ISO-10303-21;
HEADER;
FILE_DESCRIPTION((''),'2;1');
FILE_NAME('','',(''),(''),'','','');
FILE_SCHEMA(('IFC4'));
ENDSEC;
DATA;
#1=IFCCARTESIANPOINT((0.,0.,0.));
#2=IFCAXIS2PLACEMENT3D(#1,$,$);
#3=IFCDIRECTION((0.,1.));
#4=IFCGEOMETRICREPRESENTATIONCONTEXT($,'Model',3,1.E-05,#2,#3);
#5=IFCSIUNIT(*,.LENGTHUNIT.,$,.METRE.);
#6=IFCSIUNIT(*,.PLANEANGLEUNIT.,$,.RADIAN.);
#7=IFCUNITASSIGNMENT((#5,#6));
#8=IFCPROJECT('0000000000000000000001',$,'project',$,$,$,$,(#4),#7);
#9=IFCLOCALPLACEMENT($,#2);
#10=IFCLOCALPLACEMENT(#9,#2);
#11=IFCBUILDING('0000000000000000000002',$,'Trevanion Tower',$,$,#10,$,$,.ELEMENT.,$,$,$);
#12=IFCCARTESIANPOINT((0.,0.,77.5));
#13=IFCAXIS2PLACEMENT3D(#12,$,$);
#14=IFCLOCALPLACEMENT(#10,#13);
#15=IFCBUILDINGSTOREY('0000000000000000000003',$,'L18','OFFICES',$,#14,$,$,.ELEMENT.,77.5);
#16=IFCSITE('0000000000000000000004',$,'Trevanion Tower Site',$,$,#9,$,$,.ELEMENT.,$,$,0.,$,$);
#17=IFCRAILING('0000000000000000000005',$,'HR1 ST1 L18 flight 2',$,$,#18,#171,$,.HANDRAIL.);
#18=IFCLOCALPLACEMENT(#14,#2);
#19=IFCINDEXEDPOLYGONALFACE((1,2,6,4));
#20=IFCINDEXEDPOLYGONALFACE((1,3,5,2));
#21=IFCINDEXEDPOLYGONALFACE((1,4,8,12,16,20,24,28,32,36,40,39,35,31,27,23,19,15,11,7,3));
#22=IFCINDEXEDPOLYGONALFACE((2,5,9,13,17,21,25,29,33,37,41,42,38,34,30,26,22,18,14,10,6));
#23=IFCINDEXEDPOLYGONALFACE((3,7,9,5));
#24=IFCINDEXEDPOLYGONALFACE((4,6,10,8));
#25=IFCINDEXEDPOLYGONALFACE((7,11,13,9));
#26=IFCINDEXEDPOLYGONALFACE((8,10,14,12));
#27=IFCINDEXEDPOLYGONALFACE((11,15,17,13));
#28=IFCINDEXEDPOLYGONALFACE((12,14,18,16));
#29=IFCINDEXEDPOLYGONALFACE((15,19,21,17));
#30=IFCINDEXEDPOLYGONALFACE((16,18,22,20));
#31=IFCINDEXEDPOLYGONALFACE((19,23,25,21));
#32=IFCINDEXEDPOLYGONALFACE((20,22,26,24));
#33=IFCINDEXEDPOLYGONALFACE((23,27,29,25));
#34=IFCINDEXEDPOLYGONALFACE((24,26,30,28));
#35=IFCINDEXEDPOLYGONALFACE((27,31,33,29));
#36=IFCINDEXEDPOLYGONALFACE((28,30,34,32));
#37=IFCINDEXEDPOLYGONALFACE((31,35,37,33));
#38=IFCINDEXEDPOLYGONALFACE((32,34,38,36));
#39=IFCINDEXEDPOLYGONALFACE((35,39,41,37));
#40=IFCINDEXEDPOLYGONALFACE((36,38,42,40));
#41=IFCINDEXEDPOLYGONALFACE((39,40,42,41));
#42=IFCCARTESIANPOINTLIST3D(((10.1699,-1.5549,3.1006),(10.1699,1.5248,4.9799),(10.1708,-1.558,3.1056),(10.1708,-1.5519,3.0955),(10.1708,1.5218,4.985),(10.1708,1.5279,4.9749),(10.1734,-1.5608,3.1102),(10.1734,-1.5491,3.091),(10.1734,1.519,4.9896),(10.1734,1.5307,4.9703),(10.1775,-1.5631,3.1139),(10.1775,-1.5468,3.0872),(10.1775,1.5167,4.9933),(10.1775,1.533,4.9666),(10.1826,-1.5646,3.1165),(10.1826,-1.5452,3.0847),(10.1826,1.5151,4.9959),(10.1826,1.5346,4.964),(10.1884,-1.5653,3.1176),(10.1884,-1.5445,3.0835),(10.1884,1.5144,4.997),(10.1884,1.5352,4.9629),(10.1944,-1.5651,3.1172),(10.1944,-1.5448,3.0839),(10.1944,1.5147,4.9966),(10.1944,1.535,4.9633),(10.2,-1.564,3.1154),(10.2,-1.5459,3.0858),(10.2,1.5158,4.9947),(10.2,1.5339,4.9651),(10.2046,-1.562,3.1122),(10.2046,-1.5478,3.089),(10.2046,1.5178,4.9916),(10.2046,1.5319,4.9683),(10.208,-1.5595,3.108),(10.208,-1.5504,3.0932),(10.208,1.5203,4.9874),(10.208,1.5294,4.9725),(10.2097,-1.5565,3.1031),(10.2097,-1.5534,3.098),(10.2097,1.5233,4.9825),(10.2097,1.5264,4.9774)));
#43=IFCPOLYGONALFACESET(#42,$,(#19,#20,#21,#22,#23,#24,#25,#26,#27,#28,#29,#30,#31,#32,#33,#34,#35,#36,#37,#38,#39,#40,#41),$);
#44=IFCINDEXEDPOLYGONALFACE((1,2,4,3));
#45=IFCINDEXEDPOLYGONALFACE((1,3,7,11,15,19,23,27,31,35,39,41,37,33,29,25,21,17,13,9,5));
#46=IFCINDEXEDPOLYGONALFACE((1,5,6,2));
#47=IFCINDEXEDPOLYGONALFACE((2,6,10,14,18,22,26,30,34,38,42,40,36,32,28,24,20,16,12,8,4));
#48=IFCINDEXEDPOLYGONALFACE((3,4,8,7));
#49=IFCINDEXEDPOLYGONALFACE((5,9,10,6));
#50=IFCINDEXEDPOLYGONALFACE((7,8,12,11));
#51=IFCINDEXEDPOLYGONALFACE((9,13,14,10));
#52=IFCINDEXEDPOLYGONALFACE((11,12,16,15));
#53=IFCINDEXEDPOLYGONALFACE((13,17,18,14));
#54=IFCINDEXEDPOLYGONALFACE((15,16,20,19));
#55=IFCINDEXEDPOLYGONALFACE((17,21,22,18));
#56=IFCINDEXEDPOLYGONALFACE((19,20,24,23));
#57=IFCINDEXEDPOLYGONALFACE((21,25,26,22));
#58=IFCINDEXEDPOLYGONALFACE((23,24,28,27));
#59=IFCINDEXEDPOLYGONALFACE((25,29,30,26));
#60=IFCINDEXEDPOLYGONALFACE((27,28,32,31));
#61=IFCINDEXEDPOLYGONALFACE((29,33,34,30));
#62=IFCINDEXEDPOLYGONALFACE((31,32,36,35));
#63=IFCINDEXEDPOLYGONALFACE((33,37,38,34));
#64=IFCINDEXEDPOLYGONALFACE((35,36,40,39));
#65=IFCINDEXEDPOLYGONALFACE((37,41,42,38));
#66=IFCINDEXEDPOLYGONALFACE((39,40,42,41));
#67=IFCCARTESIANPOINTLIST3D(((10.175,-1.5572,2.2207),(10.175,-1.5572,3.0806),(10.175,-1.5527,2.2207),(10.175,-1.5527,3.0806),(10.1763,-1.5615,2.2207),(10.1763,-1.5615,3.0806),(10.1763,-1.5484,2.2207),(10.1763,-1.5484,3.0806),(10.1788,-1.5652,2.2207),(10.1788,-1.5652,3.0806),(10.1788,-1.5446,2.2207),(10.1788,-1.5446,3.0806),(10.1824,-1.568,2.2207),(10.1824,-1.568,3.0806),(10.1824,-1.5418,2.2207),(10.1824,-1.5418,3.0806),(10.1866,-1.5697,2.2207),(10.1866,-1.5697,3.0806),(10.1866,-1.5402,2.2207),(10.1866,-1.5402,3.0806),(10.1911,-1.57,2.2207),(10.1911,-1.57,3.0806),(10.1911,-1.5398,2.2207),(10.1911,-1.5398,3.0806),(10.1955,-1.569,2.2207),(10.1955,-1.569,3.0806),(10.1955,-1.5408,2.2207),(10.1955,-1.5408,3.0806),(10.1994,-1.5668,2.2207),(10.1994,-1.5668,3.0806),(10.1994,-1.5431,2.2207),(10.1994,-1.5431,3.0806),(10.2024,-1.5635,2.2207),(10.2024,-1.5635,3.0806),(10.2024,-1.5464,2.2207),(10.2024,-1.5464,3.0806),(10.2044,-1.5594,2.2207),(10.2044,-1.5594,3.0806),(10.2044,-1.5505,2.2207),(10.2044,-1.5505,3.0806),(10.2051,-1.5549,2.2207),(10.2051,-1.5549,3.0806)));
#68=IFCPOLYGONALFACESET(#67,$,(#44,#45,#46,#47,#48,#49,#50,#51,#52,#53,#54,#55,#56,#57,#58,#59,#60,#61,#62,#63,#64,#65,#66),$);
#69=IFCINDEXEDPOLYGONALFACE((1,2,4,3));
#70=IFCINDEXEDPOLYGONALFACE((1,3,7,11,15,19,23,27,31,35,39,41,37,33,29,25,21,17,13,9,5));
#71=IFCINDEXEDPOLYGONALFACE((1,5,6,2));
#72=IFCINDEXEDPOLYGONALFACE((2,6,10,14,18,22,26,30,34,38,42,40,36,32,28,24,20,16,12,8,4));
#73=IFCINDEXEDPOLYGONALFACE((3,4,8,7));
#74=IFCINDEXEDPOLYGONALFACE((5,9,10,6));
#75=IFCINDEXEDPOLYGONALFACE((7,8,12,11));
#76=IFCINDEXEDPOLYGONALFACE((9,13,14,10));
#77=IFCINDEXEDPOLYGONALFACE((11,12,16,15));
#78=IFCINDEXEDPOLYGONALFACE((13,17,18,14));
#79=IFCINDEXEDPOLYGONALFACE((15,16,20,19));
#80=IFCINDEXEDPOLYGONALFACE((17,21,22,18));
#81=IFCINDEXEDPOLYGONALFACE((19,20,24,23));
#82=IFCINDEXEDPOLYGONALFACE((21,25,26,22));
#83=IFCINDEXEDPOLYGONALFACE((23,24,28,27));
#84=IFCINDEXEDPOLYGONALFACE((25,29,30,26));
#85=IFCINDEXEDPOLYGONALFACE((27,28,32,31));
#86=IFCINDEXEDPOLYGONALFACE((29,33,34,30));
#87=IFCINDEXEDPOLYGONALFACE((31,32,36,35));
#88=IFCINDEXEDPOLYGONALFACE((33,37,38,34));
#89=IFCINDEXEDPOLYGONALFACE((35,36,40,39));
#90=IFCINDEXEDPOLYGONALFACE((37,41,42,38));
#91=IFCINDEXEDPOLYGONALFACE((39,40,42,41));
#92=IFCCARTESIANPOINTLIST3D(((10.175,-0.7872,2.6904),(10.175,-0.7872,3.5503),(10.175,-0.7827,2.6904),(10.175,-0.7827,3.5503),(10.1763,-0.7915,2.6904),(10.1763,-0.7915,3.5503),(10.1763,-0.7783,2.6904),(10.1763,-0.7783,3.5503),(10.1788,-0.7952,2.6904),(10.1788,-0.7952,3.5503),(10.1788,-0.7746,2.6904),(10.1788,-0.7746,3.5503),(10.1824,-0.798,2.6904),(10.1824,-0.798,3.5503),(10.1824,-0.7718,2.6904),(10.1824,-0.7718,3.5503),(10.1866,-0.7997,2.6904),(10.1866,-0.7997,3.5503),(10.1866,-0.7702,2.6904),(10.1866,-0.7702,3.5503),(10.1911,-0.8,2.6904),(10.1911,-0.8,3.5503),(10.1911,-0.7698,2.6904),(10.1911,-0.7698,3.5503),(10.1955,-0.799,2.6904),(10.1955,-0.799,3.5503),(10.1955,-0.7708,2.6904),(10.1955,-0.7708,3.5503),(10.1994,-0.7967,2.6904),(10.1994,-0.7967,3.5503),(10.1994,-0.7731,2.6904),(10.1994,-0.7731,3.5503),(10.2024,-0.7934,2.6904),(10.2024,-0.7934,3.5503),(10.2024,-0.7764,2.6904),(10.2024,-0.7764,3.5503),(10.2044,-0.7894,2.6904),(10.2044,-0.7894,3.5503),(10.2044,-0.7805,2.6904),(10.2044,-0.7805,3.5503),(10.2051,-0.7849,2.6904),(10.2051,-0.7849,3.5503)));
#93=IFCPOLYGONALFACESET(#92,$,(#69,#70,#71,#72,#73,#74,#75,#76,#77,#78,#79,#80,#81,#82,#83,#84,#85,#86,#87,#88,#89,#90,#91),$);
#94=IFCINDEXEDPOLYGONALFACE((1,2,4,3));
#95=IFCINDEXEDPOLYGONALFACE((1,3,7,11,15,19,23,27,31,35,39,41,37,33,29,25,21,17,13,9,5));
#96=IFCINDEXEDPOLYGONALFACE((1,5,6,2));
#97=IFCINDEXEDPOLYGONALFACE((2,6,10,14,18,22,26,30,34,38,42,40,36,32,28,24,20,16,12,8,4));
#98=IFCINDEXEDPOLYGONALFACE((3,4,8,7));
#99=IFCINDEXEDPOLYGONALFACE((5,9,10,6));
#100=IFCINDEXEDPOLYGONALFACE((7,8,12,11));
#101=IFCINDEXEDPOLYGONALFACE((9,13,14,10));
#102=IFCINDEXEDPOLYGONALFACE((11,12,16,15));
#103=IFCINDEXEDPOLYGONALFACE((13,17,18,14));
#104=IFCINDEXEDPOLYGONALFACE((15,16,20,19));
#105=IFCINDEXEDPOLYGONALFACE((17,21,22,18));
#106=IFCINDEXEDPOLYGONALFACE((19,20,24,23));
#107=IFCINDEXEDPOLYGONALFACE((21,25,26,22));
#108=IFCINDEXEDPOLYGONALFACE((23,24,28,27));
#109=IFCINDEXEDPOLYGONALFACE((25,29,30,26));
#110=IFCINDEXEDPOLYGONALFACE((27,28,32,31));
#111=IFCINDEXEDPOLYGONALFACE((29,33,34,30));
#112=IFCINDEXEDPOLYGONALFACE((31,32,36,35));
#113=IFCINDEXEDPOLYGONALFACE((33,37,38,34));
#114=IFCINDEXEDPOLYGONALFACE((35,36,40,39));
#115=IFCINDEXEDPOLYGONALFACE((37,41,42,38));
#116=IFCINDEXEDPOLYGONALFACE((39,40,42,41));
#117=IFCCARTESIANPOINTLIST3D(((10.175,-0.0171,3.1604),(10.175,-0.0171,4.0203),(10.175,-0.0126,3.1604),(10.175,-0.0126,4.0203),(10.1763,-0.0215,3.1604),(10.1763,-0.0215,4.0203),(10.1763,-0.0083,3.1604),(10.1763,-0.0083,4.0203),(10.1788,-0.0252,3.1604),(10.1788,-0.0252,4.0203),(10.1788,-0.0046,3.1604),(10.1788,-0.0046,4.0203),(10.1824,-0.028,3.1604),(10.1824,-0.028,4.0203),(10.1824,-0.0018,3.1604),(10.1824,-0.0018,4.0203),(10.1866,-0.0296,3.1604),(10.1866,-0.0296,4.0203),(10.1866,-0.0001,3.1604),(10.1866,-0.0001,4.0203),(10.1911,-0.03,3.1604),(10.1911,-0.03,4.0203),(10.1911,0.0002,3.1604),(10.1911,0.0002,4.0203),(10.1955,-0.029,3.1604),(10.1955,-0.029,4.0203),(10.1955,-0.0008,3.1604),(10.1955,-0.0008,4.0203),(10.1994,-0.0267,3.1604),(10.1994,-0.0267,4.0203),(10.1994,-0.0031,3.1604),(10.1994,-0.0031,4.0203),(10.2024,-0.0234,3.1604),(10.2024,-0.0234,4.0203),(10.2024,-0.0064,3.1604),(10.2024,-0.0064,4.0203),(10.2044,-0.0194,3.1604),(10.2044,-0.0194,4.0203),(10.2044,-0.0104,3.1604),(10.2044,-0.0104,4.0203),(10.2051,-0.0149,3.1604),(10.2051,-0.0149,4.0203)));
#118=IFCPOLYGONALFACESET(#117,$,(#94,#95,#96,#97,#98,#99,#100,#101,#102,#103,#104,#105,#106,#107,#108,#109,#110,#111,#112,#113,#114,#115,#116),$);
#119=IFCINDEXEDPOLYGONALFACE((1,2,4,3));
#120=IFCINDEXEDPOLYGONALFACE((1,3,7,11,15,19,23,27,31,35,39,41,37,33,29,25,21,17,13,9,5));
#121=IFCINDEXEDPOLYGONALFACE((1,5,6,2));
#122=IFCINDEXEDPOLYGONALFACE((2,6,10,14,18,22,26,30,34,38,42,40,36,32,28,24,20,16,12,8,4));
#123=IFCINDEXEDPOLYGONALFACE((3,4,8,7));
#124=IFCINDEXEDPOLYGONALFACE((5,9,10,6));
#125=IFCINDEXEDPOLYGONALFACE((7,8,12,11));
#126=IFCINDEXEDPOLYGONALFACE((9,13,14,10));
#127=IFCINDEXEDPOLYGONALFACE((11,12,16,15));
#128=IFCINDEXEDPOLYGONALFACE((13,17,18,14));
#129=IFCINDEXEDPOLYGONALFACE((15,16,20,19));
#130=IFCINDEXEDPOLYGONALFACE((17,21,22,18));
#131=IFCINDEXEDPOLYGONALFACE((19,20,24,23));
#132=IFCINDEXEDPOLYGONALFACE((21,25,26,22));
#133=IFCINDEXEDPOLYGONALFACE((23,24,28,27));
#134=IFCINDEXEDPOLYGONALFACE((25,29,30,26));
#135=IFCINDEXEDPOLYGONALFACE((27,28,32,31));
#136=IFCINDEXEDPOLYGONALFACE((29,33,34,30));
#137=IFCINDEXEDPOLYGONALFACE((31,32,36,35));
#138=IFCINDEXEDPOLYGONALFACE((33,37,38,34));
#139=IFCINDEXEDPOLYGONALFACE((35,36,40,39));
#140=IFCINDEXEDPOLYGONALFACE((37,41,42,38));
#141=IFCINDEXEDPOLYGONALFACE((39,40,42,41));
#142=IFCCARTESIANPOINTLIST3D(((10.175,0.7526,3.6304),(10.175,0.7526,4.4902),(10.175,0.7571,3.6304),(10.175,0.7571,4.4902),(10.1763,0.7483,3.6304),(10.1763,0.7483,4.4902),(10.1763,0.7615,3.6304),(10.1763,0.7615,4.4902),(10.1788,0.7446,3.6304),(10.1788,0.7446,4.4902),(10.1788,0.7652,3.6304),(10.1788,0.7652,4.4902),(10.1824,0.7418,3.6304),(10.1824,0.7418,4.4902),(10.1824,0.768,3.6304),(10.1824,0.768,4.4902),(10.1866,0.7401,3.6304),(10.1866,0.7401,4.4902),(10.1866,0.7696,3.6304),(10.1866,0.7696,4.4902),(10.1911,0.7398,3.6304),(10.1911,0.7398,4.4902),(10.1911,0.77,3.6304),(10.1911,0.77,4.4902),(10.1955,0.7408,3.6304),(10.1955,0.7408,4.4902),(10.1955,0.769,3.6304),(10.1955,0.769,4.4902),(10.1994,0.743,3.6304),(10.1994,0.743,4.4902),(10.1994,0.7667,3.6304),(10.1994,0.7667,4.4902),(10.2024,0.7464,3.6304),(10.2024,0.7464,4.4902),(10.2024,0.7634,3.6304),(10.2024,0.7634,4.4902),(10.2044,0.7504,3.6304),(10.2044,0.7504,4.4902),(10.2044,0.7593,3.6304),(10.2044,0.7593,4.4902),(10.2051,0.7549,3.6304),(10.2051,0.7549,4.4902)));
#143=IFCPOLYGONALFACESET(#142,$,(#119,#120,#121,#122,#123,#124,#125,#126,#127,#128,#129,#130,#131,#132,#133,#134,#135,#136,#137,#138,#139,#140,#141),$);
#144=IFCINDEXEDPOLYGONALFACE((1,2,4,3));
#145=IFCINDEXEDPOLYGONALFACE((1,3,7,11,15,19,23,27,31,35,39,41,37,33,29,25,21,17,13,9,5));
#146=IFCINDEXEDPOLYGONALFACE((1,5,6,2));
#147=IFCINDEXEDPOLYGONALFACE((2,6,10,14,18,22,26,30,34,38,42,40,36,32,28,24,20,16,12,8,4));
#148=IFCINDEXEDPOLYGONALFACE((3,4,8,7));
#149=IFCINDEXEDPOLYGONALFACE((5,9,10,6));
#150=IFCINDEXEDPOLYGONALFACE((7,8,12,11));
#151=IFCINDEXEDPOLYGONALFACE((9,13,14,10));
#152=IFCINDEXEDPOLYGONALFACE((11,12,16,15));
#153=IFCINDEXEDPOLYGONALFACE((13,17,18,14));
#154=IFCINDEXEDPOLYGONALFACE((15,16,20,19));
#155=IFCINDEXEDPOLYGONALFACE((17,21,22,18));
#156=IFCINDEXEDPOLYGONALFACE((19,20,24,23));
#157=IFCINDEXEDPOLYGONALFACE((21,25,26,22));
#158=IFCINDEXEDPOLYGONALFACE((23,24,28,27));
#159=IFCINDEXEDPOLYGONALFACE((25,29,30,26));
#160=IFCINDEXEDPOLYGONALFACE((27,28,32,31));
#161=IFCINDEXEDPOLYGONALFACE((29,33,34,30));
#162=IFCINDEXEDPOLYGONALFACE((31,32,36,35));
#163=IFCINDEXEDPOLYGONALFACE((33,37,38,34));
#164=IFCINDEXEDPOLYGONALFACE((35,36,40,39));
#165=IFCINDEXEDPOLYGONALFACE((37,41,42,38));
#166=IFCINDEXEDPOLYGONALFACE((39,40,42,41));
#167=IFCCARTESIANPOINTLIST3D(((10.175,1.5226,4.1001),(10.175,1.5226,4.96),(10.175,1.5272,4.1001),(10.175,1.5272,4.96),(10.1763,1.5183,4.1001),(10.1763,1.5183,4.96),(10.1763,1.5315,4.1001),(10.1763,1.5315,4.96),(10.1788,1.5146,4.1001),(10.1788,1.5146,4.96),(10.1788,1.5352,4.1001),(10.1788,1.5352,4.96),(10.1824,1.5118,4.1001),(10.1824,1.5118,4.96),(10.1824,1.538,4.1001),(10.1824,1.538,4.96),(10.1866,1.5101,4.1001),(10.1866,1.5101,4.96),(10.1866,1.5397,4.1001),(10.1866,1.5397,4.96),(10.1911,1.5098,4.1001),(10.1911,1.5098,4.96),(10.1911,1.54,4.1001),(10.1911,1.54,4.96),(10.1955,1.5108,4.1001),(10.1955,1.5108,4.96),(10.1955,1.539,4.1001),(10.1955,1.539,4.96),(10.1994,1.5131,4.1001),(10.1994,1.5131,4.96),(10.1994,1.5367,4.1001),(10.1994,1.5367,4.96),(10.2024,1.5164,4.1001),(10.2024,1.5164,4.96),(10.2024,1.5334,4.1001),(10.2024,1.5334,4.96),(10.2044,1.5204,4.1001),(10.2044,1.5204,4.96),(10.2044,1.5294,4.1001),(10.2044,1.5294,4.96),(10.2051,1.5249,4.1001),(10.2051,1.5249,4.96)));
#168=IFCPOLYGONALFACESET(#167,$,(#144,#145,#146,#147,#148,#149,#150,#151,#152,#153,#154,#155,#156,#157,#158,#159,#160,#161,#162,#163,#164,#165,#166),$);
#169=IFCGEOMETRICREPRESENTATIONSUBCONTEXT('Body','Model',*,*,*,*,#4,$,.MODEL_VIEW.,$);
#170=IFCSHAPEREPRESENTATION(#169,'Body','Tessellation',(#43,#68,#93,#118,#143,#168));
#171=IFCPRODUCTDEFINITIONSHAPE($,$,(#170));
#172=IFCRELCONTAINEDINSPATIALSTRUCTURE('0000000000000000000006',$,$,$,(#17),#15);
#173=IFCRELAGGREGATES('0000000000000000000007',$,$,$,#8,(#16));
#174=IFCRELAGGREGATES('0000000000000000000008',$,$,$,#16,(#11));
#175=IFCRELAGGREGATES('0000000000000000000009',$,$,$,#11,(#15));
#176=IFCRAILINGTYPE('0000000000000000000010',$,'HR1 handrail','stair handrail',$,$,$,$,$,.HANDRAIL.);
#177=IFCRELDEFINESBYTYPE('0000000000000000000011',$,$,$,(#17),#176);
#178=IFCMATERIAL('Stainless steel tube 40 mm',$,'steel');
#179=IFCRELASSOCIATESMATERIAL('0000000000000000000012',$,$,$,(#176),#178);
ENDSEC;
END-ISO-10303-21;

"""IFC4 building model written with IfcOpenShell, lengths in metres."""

from ifc_helpers import new_model, si_unit, direction, frame, origin, origin_2d, place, context, subcontext, project, spatial, circle, extrude, material, type_object, element, save


model = new_model("IFC4")

# Units and contexts
model_context = context("Model", 3, precision=1e-05, world=origin(), true_north=direction((0.0, 1.0)))
body_context = subcontext(model_context, "Body", "Model", "MODEL_VIEW")
ifc_project = project(units=[si_unit("LENGTHUNIT", "METRE"), si_unit("PLANEANGLEUNIT", "RADIAN")], contexts=[model_context])

# Site, building, storey
site_placement = place(None, origin())
site = spatial("IfcSite", under=ifc_project, at=site_placement, Name="Trevanion Tower Site", CompositionType="ELEMENT", RefElevation=0.0)
building_placement = place(site_placement, origin())
building = spatial("IfcBuilding", under=site, at=building_placement, Name="Trevanion Tower", CompositionType="ELEMENT")
storey_placement = place(building_placement, frame((0.0, 0.0, 77.5)))
storey = spatial("IfcBuildingStorey", under=building, at=storey_placement, Name="L18", Description="OFFICES", CompositionType="ELEMENT", Elevation=77.5)

# Railing
ifc_material_1 = material(Name="Stainless steel tube 40 mm", Category="steel")
railing_type = type_object("IfcRailingType", Name="HR1 handrail", Description="stair handrail", PredefinedType="HANDRAIL", material=ifc_material_1)
for number, where, name in (
    (1, (10.1899, -1.5549, 2.2207), "HR1 ST1 L18 flight 2"),
):
    element("IfcRailing", number, at=place(storey_placement, frame(where)), inside=storey, type_object=railing_type, Name=name, PredefinedType="HANDRAIL", context=body_context, shape_type="SweptSolid", body=[
        extrude(circle(Radius=0.02, at=origin_2d()), frame((0.0, 0.0, 0.8799), z_axis=(0.0, 0.853618, 0.5209), x_axis=(-1.0, 0.0, 0.0)), (0.0, 0.0, 1.0), 3.6079),
        extrude(circle(Radius=0.0151, at=origin_2d()), origin(), (0.0, 0.0, 1.0), 0.8599),
        extrude(circle(Radius=0.0151, at=origin_2d()), frame((0.0, 0.77, 0.4697)), (0.0, 0.0, 1.0), 0.8599),
        extrude(circle(Radius=0.0151, at=origin_2d()), frame((0.0, 1.54, 0.9397)), (0.0, 0.0, 1.0), 0.8599),
        extrude(circle(Radius=0.0151, at=origin_2d()), frame((0.0, 2.3098, 1.4097)), (0.0, 0.0, 1.0), 0.8599),
        extrude(circle(Radius=0.0151, at=origin_2d()), frame((0.0, 3.0798, 1.8794)), (0.0, 0.0, 1.0), 0.8599),
    ])

save(model, "model.ifc")
